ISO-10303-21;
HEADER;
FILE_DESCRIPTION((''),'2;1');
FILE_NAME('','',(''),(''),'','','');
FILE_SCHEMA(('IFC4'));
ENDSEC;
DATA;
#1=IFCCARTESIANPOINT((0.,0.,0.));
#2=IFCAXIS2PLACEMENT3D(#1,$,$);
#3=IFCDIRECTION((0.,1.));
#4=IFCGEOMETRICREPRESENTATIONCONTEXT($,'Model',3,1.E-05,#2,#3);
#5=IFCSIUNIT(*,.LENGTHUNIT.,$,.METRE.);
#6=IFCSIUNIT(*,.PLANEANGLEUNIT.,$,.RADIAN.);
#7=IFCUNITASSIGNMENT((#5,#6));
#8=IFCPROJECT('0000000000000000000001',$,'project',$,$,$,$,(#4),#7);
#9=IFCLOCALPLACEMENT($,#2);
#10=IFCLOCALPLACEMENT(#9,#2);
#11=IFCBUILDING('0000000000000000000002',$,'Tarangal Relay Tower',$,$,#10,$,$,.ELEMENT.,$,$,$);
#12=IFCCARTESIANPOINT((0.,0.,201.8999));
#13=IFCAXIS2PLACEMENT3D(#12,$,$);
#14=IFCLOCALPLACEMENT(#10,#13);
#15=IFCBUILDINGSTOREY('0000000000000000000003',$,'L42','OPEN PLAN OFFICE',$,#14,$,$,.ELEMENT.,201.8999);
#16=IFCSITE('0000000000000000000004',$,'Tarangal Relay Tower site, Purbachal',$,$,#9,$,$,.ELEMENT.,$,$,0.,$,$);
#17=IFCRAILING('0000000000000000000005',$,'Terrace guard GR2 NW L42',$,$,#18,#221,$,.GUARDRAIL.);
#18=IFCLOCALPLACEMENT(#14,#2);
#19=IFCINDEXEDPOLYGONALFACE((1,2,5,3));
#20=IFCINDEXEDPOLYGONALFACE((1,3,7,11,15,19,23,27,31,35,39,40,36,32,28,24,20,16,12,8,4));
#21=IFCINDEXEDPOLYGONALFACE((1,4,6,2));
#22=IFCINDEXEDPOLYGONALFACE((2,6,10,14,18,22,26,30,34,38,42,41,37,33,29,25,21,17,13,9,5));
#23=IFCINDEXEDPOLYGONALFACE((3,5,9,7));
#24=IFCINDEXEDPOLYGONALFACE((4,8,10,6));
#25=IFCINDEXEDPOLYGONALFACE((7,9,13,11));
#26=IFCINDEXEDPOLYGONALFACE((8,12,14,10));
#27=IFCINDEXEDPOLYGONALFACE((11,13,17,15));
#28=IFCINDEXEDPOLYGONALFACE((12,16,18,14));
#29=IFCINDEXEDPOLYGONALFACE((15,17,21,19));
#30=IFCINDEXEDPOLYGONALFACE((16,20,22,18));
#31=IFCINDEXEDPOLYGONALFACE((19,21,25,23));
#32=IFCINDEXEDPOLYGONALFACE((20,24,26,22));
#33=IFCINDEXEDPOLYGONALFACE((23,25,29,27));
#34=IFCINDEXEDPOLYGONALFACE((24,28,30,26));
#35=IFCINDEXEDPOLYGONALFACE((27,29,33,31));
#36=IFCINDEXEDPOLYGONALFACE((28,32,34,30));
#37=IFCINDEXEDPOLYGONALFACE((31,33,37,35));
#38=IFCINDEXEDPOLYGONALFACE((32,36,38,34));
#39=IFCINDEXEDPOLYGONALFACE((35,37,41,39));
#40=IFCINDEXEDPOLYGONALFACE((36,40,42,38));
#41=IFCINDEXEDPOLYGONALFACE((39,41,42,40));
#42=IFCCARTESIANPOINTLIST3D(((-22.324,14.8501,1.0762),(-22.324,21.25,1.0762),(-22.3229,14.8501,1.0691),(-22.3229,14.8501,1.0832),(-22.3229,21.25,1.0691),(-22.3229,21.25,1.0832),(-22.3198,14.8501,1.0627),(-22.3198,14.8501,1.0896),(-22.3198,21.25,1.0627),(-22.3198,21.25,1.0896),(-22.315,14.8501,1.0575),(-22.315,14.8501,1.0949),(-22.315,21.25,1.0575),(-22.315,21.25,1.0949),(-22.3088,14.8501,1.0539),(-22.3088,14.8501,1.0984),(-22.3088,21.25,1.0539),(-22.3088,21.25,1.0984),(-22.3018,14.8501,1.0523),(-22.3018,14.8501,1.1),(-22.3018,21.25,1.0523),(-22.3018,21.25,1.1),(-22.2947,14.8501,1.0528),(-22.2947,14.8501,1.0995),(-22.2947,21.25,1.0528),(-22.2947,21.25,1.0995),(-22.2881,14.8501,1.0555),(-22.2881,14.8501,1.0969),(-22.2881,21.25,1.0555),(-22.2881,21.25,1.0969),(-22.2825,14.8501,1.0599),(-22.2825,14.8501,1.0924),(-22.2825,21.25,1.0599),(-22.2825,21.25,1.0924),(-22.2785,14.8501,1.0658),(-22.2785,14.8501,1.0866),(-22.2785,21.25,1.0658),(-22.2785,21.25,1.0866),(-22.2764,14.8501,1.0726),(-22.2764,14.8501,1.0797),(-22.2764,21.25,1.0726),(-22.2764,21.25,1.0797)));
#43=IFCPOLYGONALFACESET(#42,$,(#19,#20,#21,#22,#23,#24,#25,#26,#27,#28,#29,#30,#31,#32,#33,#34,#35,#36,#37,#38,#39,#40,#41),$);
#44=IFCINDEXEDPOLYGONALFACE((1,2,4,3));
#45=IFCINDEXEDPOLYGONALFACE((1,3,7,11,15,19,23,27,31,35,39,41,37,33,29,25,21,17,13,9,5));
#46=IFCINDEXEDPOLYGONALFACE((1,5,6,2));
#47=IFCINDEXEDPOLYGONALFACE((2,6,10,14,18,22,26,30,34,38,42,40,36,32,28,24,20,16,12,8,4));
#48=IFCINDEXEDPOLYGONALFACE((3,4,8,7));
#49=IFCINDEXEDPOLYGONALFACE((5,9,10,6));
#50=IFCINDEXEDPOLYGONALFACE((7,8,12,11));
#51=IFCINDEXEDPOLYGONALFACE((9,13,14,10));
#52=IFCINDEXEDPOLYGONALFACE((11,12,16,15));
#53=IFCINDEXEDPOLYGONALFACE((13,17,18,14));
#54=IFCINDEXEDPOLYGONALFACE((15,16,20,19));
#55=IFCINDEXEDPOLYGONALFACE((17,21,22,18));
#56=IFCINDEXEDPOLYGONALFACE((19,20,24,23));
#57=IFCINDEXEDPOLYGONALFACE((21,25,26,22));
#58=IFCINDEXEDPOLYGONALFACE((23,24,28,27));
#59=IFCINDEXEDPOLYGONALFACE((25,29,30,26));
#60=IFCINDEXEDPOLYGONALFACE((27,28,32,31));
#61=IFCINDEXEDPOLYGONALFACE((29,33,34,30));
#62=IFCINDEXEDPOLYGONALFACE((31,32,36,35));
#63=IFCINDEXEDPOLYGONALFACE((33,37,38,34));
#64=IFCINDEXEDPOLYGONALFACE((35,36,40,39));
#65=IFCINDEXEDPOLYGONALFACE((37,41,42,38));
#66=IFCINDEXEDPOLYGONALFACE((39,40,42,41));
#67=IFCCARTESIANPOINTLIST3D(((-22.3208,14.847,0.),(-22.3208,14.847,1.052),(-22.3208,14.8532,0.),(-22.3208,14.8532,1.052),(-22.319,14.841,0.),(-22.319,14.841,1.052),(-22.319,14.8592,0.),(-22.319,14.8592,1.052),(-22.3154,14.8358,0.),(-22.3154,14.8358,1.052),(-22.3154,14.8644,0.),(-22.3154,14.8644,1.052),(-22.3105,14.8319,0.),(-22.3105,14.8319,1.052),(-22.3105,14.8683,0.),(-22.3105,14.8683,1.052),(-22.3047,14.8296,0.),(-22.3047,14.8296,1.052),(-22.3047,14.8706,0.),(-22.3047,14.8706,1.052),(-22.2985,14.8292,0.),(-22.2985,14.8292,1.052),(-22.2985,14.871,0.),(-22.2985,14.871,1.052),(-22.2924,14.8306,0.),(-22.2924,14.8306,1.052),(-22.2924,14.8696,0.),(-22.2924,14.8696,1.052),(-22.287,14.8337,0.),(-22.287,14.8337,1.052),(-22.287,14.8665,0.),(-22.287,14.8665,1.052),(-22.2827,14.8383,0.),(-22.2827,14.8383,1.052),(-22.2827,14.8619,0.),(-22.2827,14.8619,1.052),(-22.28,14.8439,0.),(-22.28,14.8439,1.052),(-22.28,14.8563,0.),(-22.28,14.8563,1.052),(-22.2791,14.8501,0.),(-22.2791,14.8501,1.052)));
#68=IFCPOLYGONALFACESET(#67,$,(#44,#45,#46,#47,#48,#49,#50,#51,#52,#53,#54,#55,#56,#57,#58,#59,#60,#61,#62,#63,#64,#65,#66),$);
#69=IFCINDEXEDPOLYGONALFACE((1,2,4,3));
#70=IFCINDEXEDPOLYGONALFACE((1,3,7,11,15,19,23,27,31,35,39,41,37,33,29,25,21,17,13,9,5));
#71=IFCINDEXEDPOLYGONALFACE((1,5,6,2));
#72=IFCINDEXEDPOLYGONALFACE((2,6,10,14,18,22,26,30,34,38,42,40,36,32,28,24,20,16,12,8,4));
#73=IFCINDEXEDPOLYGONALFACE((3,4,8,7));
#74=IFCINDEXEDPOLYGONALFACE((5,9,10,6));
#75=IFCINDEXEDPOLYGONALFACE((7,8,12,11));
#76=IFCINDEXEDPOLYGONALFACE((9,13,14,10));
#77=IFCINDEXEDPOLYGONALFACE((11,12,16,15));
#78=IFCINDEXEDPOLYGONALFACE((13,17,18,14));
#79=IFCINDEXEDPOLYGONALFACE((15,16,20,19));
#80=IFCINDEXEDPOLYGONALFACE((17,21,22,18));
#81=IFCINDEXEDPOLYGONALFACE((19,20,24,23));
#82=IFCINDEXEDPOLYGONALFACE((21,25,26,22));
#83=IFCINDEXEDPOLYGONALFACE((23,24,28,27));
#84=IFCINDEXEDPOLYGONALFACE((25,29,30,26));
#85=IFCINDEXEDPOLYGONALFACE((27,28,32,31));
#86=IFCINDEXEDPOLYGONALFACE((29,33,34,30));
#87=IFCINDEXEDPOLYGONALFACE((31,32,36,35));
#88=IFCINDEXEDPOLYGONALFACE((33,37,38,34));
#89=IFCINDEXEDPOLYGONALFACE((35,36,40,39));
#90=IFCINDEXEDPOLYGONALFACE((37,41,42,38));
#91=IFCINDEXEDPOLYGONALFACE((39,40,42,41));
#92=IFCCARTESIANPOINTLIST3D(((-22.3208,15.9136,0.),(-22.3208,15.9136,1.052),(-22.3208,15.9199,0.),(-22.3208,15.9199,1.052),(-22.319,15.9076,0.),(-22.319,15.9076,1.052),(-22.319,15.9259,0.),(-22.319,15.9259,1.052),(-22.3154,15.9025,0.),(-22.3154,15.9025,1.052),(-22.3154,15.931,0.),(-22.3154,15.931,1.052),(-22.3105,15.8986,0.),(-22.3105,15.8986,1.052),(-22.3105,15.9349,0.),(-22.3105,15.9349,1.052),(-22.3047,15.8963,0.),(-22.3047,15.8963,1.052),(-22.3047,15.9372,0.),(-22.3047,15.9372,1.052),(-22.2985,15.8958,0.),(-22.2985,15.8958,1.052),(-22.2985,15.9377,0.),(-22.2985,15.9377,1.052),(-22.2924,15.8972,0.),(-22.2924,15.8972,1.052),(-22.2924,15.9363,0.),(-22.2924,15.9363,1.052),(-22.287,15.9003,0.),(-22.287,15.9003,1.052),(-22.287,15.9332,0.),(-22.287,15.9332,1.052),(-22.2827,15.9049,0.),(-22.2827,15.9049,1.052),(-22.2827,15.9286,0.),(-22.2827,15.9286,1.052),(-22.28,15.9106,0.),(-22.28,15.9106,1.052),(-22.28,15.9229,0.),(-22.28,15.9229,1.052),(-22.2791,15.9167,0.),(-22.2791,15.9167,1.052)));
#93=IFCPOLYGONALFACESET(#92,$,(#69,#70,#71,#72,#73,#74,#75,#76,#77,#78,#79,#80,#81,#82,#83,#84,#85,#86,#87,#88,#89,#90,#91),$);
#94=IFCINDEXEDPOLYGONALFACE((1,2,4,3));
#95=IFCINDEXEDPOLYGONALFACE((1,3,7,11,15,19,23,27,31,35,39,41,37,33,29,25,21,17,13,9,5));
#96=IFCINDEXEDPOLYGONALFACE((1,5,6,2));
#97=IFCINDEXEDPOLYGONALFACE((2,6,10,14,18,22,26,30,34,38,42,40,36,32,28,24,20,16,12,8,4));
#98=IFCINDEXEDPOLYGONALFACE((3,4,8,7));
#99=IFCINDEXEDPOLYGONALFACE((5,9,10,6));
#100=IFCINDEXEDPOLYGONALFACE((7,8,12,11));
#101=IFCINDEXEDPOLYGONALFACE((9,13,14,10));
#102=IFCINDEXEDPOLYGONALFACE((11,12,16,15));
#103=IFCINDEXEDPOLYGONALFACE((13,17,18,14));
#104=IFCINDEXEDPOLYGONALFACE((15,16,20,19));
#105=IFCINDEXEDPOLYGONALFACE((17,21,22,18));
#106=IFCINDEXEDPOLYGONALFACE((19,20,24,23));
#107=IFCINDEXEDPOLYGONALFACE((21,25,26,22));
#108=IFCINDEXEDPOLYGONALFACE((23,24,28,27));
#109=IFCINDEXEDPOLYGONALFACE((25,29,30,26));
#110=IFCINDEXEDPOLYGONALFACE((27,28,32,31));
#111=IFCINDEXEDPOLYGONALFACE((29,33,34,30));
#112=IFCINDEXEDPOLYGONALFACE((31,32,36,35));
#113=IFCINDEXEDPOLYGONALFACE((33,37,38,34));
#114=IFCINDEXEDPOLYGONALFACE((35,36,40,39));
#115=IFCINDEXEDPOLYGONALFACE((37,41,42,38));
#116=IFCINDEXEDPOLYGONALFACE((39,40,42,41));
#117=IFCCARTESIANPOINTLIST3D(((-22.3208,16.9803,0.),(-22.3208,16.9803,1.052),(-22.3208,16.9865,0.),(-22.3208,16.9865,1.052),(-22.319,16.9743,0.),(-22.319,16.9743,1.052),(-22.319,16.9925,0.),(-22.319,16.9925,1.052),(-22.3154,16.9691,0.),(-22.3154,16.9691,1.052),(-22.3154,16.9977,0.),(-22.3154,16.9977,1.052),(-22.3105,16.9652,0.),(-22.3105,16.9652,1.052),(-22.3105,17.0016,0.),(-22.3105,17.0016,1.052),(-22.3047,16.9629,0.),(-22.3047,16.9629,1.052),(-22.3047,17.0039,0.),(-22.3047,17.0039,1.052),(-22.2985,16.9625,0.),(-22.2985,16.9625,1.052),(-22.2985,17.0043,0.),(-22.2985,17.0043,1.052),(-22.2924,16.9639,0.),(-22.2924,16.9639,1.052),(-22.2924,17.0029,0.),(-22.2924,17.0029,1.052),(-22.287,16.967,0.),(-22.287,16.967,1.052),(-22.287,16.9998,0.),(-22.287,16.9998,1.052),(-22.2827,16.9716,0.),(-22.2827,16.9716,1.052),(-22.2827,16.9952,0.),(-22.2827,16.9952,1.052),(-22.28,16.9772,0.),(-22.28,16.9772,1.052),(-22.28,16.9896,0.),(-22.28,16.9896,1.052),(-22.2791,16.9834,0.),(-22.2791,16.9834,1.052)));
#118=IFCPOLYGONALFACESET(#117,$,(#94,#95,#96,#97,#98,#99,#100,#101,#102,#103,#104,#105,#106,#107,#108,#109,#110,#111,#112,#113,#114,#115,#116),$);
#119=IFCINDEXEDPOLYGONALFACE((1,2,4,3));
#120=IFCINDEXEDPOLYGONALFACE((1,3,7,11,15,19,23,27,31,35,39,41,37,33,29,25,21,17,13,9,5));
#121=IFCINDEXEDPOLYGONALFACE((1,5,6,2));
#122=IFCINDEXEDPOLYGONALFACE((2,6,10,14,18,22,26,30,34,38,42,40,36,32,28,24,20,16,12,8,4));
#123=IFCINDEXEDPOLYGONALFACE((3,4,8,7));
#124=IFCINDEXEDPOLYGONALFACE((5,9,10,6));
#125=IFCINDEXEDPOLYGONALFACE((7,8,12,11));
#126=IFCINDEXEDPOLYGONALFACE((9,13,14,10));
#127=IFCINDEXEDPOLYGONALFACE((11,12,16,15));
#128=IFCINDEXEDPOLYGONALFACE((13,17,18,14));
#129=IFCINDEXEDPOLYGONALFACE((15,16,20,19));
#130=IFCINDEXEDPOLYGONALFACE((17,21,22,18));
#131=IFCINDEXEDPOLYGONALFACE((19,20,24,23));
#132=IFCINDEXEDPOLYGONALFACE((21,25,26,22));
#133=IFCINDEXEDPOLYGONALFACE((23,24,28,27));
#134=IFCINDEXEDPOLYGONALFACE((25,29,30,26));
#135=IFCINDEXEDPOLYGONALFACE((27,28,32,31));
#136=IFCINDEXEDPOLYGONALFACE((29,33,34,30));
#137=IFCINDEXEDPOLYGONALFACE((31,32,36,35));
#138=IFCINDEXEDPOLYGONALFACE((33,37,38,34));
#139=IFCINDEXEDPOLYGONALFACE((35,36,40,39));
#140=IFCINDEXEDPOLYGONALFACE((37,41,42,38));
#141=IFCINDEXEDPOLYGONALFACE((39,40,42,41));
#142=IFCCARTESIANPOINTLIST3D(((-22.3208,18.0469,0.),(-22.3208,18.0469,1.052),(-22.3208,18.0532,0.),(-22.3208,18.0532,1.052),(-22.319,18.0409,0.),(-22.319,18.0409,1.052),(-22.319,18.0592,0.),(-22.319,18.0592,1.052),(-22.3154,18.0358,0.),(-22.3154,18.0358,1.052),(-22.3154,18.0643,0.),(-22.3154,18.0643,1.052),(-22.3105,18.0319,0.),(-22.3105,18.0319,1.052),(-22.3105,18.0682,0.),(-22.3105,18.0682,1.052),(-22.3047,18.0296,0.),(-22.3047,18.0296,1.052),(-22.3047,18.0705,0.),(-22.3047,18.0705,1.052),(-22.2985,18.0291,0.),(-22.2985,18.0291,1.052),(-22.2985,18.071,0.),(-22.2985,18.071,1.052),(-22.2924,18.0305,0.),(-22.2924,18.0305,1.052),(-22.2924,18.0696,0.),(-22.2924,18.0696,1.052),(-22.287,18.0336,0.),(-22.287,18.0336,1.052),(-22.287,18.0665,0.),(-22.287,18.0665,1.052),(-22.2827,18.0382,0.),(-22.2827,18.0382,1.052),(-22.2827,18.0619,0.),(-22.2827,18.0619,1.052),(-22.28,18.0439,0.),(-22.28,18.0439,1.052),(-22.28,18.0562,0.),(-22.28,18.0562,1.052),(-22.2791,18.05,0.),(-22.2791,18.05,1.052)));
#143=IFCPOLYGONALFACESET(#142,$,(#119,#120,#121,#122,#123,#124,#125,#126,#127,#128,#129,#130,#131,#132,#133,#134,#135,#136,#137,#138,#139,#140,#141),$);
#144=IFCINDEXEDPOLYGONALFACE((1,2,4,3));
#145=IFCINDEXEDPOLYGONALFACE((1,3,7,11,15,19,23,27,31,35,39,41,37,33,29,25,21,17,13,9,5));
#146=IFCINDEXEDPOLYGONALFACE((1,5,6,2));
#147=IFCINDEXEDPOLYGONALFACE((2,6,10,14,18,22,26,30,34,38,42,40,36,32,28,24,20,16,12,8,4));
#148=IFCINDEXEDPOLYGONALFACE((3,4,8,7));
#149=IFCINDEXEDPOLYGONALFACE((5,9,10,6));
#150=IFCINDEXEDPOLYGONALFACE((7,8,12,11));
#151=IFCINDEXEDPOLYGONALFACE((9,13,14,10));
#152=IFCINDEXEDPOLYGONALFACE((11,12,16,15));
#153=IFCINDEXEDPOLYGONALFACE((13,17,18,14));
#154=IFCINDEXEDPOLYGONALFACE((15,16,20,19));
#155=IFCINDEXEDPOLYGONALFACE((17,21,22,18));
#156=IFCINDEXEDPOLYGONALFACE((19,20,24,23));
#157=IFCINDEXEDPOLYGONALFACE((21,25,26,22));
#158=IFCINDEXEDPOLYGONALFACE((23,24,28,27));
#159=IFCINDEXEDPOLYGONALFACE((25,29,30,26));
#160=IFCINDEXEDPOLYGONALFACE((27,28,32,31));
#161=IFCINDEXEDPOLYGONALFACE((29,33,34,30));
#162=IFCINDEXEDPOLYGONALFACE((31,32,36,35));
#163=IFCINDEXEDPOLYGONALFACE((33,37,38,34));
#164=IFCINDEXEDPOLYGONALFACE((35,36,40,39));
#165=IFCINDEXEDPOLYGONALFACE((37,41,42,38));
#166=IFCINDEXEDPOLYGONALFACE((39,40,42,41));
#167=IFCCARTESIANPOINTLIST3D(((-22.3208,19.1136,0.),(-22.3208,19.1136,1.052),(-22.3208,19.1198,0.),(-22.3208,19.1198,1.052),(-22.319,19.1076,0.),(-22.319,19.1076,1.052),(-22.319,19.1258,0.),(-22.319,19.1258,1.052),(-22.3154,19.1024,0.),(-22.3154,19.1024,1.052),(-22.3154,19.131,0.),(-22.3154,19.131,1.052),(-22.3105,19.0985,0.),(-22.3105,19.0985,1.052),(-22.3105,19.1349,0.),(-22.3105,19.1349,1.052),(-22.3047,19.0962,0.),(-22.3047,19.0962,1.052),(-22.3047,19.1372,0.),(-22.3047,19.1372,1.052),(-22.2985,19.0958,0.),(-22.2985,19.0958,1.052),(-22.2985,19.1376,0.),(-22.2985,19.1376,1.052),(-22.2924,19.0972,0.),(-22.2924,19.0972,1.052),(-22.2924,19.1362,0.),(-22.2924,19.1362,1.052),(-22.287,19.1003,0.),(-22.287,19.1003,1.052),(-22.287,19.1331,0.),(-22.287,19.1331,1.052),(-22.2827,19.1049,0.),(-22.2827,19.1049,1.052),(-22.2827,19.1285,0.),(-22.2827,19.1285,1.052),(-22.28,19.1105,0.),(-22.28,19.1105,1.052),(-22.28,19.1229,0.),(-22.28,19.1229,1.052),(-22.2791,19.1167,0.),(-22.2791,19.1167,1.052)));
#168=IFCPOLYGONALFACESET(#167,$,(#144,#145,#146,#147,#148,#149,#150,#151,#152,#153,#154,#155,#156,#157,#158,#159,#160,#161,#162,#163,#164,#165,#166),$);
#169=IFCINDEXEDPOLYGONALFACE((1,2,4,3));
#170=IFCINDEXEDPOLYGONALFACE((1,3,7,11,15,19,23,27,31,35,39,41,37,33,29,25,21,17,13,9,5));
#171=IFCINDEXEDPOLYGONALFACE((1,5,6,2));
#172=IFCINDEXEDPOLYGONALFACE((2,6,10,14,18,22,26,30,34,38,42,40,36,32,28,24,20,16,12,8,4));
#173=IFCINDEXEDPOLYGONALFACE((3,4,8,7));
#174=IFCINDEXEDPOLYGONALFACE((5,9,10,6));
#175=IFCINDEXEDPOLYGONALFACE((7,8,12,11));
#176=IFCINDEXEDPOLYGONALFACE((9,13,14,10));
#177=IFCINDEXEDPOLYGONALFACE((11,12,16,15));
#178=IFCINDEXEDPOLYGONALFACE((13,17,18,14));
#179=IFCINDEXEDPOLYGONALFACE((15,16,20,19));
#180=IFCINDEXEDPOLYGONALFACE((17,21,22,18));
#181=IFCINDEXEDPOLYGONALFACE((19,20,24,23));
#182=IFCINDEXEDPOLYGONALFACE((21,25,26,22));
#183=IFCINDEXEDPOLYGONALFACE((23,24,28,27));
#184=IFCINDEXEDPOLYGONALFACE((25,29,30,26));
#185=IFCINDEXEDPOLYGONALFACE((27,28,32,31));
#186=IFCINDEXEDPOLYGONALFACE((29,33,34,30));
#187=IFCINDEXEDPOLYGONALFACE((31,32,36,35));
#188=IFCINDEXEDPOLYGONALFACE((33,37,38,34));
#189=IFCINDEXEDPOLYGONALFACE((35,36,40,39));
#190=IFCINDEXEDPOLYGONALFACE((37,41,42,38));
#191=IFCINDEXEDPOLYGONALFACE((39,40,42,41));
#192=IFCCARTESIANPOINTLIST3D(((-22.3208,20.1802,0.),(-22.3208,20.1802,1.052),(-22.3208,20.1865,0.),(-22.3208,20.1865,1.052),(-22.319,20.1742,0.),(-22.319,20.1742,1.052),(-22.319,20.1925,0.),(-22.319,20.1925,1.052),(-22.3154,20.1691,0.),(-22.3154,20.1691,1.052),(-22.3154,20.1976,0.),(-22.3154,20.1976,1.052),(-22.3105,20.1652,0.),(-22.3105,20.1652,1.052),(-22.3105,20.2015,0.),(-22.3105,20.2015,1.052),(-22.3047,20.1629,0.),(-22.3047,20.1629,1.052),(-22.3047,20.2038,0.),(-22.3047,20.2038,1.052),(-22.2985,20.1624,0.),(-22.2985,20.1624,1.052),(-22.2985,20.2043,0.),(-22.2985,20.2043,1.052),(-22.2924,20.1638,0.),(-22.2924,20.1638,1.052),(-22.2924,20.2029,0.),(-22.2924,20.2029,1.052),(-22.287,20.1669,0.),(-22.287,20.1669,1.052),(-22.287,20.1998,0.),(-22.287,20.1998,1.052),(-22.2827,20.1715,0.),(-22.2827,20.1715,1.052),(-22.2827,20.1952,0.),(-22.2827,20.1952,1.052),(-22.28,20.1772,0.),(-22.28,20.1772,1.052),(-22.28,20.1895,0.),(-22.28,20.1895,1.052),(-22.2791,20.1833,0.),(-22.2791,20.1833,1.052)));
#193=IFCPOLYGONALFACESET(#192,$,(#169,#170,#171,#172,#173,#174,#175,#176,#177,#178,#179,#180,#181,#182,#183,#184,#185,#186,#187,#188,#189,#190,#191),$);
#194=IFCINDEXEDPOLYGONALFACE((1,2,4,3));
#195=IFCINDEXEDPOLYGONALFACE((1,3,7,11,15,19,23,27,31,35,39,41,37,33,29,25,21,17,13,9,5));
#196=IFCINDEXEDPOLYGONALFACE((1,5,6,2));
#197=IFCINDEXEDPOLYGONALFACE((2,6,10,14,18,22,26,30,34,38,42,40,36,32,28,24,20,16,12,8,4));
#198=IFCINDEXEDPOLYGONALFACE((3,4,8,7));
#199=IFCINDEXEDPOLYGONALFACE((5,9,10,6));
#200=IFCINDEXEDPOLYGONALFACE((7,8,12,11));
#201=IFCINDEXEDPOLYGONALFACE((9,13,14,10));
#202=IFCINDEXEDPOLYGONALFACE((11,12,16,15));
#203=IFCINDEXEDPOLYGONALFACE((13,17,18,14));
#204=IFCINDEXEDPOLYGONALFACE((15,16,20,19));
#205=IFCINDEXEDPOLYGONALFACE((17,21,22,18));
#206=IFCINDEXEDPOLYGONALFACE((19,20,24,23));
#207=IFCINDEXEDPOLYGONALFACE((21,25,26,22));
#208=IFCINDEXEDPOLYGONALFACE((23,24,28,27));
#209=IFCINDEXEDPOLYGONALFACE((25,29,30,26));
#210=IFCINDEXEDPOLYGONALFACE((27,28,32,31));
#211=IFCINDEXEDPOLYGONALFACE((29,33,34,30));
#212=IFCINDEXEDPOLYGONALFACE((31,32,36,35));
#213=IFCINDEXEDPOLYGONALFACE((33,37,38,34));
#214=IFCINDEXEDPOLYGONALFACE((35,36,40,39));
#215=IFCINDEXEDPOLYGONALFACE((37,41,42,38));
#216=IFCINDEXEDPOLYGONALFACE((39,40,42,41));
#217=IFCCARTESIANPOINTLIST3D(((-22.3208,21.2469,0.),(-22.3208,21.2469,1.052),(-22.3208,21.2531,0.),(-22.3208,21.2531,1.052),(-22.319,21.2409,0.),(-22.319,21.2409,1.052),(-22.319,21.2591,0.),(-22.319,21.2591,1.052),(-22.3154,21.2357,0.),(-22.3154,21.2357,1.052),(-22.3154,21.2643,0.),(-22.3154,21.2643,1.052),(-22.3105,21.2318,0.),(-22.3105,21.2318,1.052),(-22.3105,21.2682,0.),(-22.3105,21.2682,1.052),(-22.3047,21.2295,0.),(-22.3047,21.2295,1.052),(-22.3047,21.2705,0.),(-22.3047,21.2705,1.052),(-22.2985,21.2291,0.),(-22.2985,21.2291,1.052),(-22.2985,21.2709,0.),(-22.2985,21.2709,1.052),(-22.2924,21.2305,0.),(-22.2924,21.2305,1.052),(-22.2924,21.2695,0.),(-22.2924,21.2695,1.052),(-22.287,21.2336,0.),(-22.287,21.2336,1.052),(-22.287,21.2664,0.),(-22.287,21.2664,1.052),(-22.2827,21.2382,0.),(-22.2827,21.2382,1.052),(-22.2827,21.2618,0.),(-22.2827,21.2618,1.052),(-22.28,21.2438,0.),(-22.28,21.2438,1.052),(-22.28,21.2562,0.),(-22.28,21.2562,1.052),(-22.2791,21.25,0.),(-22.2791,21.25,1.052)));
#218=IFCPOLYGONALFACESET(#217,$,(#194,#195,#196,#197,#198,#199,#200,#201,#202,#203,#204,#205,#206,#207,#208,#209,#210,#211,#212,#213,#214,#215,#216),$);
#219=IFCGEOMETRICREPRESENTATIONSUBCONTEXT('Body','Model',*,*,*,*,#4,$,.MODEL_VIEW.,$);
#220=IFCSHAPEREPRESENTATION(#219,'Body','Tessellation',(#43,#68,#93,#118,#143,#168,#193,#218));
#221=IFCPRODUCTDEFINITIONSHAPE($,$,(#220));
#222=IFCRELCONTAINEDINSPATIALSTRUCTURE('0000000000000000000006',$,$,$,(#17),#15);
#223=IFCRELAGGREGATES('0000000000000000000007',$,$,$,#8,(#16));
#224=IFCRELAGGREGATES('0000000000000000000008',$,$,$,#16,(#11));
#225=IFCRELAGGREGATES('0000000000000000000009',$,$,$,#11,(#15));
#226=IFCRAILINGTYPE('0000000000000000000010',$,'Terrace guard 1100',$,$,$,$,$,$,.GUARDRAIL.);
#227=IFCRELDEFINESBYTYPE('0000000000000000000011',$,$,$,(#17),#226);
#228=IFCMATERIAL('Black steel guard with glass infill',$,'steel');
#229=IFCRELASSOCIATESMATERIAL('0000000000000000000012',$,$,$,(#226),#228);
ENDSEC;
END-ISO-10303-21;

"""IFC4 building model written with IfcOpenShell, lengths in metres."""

from ifc_helpers import new_model, si_unit, direction, frame, origin, origin_2d, place, context, subcontext, project, spatial, circle, extrude, material, type_object, element, save


model = new_model("IFC4")

# Units and contexts
model_context = context("Model", 3, precision=1e-05, world=origin(), true_north=direction((0.0, 1.0)))
body_context = subcontext(model_context, "Body", "Model", "MODEL_VIEW")
ifc_project = project(units=[si_unit("LENGTHUNIT", "METRE"), si_unit("PLANEANGLEUNIT", "RADIAN")], contexts=[model_context])

# Site, building, storey
site_placement = place(None, origin())
site = spatial("IfcSite", under=ifc_project, at=site_placement, Name="Tarangal Relay Tower site, Purbachal", CompositionType="ELEMENT", RefElevation=0.0)
building_placement = place(site_placement, origin())
building = spatial("IfcBuilding", under=site, at=building_placement, Name="Tarangal Relay Tower", CompositionType="ELEMENT")
storey_placement = place(building_placement, frame((0.0, 0.0, 201.8999)))
storey = spatial("IfcBuildingStorey", under=building, at=storey_placement, Name="L42", Description="OPEN PLAN OFFICE", CompositionType="ELEMENT", Elevation=201.8999)

# Railing
ifc_material_1 = material(Name="Black steel guard with glass infill", Category="steel")
railing_type = type_object("IfcRailingType", Name="Terrace guard 1100", PredefinedType="GUARDRAIL", material=ifc_material_1)
railing_1_placement = place(storey_placement, frame((-22.3, 14.8501, 0.0)))
element("IfcRailing", 1, at=railing_1_placement, inside=storey, type_object=railing_type, Name="Terrace guard GR2 NW L42", PredefinedType="GUARDRAIL", context=body_context, shape_type="SweptSolid", body=[
    extrude(circle(Radius=0.0239, at=origin_2d()), frame((0.0, 0.0, 1.0762), z_axis=(0.0, 1.0, 0.0), x_axis=(-1.0, 0.0, 0.0)), (0.0, 0.0, 1.0), 6.3999),
    extrude(circle(Radius=0.021, at=origin_2d()), origin(), (0.0, 0.0, 1.0), 1.052),
    extrude(circle(Radius=0.021, at=origin_2d()), frame((0.0, 1.0667, 0.0)), (0.0, 0.0, 1.0), 1.052),
    extrude(circle(Radius=0.021, at=origin_2d()), frame((0.0, 2.1333, 0.0)), (0.0, 0.0, 1.0), 1.052),
    extrude(circle(Radius=0.021, at=origin_2d()), frame((0.0, 3.2, 0.0)), (0.0, 0.0, 1.0), 1.052),
    extrude(circle(Radius=0.021, at=origin_2d()), frame((0.0, 4.2666, 0.0)), (0.0, 0.0, 1.0), 1.052),
    extrude(circle(Radius=0.021, at=origin_2d()), frame((0.0, 5.3333, 0.0)), (0.0, 0.0, 1.0), 1.052),
    extrude(circle(Radius=0.021, at=origin_2d()), frame((0.0, 6.3999, 0.0)), (0.0, 0.0, 1.0), 1.052),
])

save(model, "model.ifc")
